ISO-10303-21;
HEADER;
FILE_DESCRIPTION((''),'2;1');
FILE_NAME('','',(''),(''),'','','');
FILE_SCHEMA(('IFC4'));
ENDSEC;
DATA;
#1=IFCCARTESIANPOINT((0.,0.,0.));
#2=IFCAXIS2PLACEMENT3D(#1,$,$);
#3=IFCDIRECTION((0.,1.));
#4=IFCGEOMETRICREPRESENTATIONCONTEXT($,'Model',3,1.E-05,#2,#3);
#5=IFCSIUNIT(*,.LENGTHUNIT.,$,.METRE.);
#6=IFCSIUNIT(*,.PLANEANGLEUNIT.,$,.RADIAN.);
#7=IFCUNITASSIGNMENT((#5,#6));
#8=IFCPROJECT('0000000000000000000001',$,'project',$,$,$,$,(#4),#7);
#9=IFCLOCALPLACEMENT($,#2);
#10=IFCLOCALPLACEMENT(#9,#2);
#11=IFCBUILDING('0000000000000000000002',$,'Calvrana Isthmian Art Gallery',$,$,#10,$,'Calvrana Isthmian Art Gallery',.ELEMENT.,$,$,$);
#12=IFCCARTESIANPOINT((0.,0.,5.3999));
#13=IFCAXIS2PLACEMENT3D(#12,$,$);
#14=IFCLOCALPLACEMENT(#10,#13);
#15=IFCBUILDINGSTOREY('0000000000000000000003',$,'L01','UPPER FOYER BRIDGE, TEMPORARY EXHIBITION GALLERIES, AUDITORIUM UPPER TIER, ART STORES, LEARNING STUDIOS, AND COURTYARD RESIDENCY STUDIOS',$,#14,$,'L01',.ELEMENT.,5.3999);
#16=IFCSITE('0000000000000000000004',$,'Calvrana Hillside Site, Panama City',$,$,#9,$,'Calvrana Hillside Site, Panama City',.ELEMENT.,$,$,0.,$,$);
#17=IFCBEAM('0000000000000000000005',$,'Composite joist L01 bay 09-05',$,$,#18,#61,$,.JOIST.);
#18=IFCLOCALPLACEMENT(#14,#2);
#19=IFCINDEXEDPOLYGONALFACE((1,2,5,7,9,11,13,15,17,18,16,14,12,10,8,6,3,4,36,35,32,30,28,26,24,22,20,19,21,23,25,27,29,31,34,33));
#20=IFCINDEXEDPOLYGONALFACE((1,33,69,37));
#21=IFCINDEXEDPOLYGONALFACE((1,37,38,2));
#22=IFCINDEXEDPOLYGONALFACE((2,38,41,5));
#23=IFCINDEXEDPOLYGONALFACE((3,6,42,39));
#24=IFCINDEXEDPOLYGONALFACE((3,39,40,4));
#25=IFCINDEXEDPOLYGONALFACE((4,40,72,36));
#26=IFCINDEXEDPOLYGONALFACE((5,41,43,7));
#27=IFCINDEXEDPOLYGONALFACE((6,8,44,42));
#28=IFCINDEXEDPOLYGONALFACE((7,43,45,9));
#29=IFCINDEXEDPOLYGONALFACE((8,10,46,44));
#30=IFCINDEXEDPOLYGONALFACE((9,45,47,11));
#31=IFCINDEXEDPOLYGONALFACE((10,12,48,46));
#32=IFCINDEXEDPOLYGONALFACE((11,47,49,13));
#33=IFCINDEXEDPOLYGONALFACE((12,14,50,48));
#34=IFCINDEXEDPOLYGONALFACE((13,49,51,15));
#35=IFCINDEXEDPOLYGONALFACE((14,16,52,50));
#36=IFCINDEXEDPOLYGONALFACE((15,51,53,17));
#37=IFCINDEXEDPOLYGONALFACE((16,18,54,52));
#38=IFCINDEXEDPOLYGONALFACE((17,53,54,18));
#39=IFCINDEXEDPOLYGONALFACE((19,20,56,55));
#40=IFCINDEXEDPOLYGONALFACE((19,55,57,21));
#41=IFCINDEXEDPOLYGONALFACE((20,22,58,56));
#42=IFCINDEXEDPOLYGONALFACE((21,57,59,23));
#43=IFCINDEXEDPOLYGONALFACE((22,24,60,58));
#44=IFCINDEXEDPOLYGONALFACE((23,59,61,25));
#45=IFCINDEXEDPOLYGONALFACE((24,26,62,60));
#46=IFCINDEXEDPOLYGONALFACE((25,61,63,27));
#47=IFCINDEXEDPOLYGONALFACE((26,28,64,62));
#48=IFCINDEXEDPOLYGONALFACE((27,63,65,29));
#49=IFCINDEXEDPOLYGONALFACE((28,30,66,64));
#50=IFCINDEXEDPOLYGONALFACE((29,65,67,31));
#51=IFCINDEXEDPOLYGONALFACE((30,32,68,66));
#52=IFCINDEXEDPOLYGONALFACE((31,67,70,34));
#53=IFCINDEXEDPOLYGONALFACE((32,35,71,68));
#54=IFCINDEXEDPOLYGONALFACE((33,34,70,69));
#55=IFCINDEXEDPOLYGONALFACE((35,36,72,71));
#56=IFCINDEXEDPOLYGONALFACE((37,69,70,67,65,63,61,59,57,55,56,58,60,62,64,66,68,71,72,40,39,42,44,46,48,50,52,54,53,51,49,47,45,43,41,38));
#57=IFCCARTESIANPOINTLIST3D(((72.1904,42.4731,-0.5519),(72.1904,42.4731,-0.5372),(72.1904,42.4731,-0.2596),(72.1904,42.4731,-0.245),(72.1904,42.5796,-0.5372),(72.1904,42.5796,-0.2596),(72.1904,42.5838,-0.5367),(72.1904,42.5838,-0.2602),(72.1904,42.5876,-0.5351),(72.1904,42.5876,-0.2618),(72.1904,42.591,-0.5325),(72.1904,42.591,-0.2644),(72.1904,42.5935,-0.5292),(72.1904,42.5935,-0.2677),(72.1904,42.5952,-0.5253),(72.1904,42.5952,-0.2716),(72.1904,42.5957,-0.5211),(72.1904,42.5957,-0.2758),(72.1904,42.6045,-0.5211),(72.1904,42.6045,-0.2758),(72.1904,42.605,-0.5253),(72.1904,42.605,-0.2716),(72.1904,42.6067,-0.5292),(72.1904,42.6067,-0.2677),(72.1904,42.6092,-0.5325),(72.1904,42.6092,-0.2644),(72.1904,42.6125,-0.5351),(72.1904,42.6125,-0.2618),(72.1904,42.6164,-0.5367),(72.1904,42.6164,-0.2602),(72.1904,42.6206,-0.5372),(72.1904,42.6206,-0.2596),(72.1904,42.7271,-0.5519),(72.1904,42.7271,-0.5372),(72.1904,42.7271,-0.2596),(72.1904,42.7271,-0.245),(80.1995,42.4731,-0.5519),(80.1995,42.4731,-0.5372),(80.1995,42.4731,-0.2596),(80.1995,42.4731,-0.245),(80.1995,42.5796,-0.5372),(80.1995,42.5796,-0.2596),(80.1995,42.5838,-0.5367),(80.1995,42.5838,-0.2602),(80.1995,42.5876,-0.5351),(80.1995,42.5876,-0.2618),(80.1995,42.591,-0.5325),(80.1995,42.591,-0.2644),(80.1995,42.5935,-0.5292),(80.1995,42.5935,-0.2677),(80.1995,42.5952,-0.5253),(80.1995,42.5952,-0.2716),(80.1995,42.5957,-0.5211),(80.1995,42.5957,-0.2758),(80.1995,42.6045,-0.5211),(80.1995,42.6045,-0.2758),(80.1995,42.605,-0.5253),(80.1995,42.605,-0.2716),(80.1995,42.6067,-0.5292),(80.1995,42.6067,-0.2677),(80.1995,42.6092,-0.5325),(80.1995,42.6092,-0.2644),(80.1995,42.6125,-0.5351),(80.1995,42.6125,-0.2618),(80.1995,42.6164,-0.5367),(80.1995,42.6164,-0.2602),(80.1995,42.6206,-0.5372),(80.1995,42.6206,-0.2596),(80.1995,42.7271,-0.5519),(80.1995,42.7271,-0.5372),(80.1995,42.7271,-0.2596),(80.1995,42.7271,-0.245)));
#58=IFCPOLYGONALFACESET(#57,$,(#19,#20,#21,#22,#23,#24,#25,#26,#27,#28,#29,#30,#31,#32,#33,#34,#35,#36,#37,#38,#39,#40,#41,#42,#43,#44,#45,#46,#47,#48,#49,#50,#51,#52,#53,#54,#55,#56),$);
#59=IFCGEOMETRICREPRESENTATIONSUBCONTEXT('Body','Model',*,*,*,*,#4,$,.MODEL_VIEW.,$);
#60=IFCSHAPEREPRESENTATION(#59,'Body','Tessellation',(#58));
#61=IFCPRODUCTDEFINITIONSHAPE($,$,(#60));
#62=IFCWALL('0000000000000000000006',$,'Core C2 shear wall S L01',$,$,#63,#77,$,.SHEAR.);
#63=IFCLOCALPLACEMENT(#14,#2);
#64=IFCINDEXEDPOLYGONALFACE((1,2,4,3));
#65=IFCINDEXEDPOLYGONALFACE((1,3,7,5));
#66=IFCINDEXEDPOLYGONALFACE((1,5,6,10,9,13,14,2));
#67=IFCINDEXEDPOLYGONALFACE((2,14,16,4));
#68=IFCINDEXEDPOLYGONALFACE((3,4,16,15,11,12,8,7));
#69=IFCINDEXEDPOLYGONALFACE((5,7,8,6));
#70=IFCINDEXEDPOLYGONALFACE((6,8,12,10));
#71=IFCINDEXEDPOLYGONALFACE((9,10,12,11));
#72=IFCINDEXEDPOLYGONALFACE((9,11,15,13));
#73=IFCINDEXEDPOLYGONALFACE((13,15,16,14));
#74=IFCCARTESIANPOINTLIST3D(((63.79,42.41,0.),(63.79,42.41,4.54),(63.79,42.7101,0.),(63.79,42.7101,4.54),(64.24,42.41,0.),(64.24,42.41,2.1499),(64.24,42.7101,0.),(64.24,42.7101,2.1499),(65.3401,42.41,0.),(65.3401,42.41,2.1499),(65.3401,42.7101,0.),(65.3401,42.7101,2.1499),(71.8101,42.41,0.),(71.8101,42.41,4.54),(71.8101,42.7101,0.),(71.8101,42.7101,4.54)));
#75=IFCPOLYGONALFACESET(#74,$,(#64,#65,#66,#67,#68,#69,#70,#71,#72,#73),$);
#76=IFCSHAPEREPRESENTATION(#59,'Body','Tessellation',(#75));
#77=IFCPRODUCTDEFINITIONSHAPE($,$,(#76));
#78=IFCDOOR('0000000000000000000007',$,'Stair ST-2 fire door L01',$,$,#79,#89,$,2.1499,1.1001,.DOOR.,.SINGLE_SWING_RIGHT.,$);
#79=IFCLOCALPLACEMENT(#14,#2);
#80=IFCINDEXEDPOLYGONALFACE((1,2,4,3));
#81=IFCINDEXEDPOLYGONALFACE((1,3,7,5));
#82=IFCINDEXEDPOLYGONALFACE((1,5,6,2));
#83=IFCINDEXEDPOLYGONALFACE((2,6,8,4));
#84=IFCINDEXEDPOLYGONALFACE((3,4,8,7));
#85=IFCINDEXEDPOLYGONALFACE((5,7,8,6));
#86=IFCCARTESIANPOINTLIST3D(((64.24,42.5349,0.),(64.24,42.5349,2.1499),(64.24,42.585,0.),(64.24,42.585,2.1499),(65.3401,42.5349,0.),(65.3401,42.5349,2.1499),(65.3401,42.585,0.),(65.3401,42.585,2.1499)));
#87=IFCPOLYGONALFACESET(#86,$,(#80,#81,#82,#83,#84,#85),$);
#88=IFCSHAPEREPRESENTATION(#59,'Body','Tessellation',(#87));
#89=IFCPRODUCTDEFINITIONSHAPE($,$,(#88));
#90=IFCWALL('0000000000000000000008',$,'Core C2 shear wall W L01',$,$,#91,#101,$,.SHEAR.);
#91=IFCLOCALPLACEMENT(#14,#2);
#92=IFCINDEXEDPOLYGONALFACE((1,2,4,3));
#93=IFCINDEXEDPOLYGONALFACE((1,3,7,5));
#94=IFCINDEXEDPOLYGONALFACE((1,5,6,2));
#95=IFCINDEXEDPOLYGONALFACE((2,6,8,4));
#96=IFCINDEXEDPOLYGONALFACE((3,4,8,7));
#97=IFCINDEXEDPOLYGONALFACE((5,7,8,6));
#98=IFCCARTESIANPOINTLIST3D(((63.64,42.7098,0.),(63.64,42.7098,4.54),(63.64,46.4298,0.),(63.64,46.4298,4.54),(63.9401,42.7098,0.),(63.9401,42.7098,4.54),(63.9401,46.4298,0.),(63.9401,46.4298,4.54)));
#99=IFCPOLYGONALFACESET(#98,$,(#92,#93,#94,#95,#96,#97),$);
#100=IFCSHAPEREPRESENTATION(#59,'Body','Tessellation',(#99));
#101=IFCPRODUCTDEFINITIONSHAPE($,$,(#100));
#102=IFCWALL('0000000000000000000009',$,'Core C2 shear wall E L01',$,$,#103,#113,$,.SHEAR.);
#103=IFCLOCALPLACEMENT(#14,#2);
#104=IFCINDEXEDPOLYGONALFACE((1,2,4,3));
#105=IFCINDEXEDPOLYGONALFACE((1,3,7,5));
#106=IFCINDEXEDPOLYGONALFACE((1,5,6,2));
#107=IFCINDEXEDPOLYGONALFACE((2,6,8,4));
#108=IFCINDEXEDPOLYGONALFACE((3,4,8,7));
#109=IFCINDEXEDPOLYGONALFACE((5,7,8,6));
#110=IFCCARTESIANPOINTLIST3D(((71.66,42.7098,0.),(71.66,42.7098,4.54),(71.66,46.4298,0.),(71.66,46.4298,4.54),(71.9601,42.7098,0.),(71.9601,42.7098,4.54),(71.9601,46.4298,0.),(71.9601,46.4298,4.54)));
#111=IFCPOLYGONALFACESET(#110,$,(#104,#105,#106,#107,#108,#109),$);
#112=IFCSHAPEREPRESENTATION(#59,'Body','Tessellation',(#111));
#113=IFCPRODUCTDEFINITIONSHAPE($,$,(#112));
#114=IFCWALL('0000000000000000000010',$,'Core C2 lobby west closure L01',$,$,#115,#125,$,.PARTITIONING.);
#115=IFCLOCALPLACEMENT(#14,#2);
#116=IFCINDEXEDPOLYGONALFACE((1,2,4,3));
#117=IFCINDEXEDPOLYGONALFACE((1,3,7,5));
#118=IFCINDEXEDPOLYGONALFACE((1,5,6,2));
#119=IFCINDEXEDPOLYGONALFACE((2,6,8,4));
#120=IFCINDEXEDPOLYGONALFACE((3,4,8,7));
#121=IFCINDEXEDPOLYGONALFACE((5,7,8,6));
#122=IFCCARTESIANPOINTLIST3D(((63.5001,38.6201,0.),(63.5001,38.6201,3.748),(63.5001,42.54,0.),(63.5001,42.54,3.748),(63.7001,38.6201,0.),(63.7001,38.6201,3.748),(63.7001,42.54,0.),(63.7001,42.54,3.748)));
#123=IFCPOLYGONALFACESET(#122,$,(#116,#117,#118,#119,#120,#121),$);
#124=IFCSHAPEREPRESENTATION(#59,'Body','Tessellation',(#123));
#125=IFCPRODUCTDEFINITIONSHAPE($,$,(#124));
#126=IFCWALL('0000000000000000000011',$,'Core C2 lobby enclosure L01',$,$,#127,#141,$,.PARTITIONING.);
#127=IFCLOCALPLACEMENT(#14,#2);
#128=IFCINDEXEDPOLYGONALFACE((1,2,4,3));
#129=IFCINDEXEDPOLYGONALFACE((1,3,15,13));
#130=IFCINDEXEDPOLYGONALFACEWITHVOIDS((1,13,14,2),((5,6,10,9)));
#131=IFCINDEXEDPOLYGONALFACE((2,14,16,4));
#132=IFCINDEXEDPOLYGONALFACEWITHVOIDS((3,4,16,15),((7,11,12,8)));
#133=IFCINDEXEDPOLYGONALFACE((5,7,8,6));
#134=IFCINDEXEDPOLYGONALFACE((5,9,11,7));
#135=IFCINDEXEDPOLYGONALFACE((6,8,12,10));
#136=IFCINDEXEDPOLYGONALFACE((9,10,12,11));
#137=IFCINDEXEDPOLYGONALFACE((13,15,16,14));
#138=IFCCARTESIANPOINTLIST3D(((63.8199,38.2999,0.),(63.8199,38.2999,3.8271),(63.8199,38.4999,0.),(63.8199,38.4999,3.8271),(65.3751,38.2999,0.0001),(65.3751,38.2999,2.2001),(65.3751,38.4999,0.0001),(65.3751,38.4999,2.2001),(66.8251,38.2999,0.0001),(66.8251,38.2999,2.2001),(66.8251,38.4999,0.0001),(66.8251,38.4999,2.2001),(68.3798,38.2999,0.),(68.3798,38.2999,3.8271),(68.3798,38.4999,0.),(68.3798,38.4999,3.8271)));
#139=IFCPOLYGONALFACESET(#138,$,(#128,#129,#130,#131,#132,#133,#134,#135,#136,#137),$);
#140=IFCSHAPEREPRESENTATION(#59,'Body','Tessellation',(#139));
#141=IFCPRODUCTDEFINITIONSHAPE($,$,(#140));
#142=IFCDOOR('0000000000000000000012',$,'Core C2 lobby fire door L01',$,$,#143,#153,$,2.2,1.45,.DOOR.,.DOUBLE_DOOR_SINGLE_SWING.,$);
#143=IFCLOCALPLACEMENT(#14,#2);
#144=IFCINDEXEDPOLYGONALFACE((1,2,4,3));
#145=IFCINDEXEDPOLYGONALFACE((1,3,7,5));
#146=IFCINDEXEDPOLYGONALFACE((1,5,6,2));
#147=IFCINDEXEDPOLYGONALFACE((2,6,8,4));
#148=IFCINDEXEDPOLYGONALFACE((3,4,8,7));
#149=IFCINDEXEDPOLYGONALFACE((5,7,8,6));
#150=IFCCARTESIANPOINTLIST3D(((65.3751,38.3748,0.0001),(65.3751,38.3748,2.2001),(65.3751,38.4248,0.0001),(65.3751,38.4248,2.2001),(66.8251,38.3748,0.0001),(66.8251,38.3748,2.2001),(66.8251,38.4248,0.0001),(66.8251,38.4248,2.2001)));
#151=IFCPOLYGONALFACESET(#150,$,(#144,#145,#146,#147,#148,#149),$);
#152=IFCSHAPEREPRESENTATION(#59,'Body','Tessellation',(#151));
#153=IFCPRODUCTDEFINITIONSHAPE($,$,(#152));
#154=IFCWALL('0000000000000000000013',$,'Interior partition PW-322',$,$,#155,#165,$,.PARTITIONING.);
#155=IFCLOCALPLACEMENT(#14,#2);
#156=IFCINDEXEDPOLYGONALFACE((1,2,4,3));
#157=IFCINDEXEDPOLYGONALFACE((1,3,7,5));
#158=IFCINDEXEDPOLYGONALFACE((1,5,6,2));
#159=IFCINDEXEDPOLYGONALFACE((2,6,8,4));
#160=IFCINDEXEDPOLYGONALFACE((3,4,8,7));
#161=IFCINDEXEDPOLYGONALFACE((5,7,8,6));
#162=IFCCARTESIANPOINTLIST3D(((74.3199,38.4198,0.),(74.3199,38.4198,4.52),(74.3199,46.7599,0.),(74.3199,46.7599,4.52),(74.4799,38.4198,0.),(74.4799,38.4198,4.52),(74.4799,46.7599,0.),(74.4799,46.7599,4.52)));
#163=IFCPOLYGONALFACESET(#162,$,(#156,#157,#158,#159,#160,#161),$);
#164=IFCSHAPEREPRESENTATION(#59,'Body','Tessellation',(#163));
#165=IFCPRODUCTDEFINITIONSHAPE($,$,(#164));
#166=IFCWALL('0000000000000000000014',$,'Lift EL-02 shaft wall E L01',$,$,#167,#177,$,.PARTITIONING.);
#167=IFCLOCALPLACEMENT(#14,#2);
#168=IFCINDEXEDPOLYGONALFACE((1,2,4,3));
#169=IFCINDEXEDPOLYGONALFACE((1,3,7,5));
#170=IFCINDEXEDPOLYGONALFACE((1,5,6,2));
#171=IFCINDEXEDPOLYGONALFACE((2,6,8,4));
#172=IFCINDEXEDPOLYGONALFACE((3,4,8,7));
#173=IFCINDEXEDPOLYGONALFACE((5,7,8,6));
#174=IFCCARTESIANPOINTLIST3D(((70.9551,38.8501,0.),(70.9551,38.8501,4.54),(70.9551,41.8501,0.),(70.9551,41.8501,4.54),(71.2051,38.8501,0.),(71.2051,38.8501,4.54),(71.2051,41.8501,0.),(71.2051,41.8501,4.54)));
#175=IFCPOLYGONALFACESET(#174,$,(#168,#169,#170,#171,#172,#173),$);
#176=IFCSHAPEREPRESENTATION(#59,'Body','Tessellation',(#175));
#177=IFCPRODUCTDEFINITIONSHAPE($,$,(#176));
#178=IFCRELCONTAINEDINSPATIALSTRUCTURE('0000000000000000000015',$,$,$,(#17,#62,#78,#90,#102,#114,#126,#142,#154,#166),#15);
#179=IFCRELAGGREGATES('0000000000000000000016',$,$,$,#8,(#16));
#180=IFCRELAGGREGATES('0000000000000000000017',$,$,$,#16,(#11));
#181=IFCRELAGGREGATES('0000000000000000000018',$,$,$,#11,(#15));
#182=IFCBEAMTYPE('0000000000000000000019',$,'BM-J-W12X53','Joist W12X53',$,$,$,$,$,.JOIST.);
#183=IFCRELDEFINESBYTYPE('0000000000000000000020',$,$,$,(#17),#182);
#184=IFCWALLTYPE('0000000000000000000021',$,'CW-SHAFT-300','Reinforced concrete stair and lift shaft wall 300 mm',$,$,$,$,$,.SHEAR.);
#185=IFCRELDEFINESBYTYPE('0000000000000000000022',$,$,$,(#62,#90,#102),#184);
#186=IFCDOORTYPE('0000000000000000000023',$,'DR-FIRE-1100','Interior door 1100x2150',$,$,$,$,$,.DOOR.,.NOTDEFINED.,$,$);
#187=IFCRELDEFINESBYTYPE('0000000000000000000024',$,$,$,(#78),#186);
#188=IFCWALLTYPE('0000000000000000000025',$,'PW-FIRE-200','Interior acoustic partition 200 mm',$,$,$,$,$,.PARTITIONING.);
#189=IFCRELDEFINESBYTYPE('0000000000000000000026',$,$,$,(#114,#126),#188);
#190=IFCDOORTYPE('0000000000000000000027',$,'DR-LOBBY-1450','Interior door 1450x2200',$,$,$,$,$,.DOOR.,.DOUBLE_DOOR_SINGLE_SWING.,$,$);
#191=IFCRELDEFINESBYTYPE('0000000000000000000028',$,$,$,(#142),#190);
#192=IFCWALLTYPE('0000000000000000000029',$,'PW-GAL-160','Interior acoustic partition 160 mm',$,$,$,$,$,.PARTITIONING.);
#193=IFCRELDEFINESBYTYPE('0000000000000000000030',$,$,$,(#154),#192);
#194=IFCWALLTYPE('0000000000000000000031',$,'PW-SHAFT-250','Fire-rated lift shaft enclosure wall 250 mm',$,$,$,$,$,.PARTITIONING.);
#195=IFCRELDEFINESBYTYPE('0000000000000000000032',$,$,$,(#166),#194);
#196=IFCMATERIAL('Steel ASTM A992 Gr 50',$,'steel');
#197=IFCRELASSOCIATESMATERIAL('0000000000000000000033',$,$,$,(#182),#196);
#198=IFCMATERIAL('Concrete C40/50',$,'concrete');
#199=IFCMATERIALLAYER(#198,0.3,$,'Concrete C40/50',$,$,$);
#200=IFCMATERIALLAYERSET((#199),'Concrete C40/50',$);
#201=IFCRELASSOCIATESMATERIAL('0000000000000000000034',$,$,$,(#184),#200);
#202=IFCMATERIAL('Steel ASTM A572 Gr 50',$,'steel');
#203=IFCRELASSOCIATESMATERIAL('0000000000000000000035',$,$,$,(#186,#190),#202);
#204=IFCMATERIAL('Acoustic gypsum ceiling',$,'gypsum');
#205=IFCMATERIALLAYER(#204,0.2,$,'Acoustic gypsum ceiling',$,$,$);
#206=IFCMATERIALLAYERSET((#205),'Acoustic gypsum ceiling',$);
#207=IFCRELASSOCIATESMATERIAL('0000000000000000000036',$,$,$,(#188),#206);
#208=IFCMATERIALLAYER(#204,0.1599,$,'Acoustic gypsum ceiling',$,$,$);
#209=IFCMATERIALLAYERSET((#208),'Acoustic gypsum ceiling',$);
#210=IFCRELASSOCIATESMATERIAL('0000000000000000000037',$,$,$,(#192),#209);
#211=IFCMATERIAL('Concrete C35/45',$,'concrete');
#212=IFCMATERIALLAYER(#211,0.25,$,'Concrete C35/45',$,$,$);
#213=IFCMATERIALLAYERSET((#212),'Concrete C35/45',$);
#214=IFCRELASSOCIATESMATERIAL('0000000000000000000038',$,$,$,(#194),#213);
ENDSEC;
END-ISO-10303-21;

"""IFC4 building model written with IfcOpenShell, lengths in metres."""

from ifc_helpers import new_model, si_unit, direction, frame, frame_2d, origin, origin_2d, place, context, subcontext, project, spatial, rectangle, i_section, extrude, material, layer, layer_set, material_profile, profile_set, type_object, element, fill, save


model = new_model("IFC4")

# Units and contexts
model_context = context("Model", 3, precision=1e-05, world=origin(), true_north=direction((0.0, 1.0)))
body_context = subcontext(model_context, "Body", "Model", "MODEL_VIEW")
ifc_project = project(units=[si_unit("LENGTHUNIT", "METRE"), si_unit("PLANEANGLEUNIT", "RADIAN")], contexts=[model_context])

# Site, building, storey
site_placement = place(None, origin())
site = spatial("IfcSite", under=ifc_project, at=site_placement, Name="Calvrana Hillside Site, Panama City", LongName="Calvrana Hillside Site, Panama City", CompositionType="ELEMENT", RefElevation=0.0)
building_placement = place(site_placement, origin())
building = spatial("IfcBuilding", under=site, at=building_placement, Name="Calvrana Isthmian Art Gallery", LongName="Calvrana Isthmian Art Gallery", CompositionType="ELEMENT")
storey_placement = place(building_placement, frame((0.0, 0.0, 5.3999)))
storey = spatial("IfcBuildingStorey", under=building, at=storey_placement, Name="L01", Description="UPPER FOYER BRIDGE, TEMPORARY EXHIBITION GALLERIES, AUDITORIUM UPPER TIER, ART STORES, LEARNING STUDIOS, AND COURTYARD RESIDENCY STUDIOS", LongName="L01", CompositionType="ELEMENT", Elevation=5.3999)

# Shared definitions
ifc_material_1 = material(Name="Steel ASTM A992 Gr 50", Category="steel")

# Beam
ifc_material_profile_1 = material_profile(ifc_material_1, i_section(OverallWidth=0.2539, OverallDepth=0.3069, WebThickness=0.0088, FlangeThickness=0.0146, FilletRadius=0.0161, at=origin_2d()), Name="W12X53")
ifc_profile_set_1 = profile_set([ifc_material_profile_1], Name="Steel ASTM A992 Gr 50")
beam_type_1 = type_object("IfcBeamType", Name="BM-J-W12X53", Description="Joist W12X53", PredefinedType="JOIST", material=ifc_profile_set_1)
beam_1_placement = place(storey_placement, frame((72.1904, 42.6001, -0.3984), z_axis=(1.0, 0.0, 0.0), x_axis=(0.0, 1.0, 0.0)))
element("IfcBeam", 1, at=beam_1_placement, inside=storey, type_object=beam_type_1, Name="Composite joist L01 bay 09-05", PredefinedType="JOIST", context=body_context, shape_type="SweptSolid", body=[
    extrude(i_section(OverallWidth=0.2539, OverallDepth=0.3069, WebThickness=0.0088, FlangeThickness=0.0146, FilletRadius=0.0161, at=origin_2d()), origin(), (0.0, 0.0, 1.0), 8.009),
])

# Wall, opening, door
ifc_material_2 = material(Name="Concrete C40/50", Category="concrete")
ifc_layer_1 = layer(ifc_material_2, 0.3, Name="Concrete C40/50")
ifc_layer_set_1 = layer_set([ifc_layer_1], Name="Concrete C40/50")
wall_type_1 = type_object("IfcWallType", Name="CW-SHAFT-300", Description="Reinforced concrete stair and lift shaft wall 300 mm", PredefinedType="SHEAR", material=ifc_layer_set_1)
wall_1_placement = place(storey_placement, frame((63.79, 42.5601, 0.0), z_axis=(0.0, 0.0, 1.0), x_axis=(1.0, 0.0, 0.0)))
wall_1 = element("IfcWall", 2, at=wall_1_placement, inside=storey, type_object=wall_type_1, Name="Core C2 shear wall S L01", PredefinedType="SHEAR", context=body_context, shape_type="SweptSolid", body=[
    extrude(rectangle(XDim=8.02, YDim=0.3, at=frame_2d((4.01, 0.0))), origin(), (0.0, 0.0, 1.0), 4.54),
])
opening_1_placement = place(wall_1_placement, frame((0.45, 0.0, 0.0)))
opening_1 = element("IfcOpeningElement", 3, at=opening_1_placement, cuts=wall_1, PredefinedType="OPENING", context=body_context, shape_type="SweptSolid", body=[
    extrude(rectangle(XDim=1.1001, YDim=2.1499, at=frame_2d((0.55, 1.075))), frame((0.0, 0.1602, 0.0), z_axis=(0.0, -1.0, 0.0), x_axis=(1.0, 0.0, 0.0)), (0.0, 0.0, 1.0), 0.3206),
])
ifc_material_3 = material(Name="Steel ASTM A572 Gr 50", Category="steel")
door_type_1 = type_object("IfcDoorType", Name="DR-FIRE-1100", Description="Interior door 1100x2150", OperationType="NOTDEFINED", PredefinedType="DOOR", material=ifc_material_3)
door_1_placement = place(opening_1_placement, origin())
door_1 = element("IfcDoor", 4, at=door_1_placement, inside=storey, type_object=door_type_1, Name="Stair ST-2 fire door L01", OperationType="SINGLE_SWING_RIGHT", OverallHeight=2.1499, OverallWidth=1.1001, PredefinedType="DOOR", context=body_context, shape_type="SweptSolid", body=[
    extrude(rectangle(XDim=1.1001, YDim=2.1499, at=frame_2d((0.55, 1.075))), frame((0.0, 0.0249, 0.0), z_axis=(0.0, -1.0, 0.0), x_axis=(1.0, 0.0, 0.0)), (0.0, 0.0, 1.0), 0.05),
])
fill(opening_1, door_1)

# Walls
for number, where, z_axis, x_axis, name in (
    (5, (63.79, 42.71, 0.0), (0.0, 0.0, 1.0), (0.0, 1.0, 0.0), "Core C2 shear wall W L01"),
    (6, (71.8101, 42.71, 0.0), (0.0, 0.0, 1.0), (0.0, 1.0, 0.0), "Core C2 shear wall E L01"),
):
    element("IfcWall", number, at=place(storey_placement, frame(where, z_axis=z_axis, x_axis=x_axis)), inside=storey, type_object=wall_type_1, Name=name, PredefinedType="SHEAR", context=body_context, shape_type="SweptSolid", body=[
        extrude(rectangle(XDim=3.72, YDim=0.3, at=frame_2d((1.8599, 0.0))), origin(), (0.0, 0.0, 1.0), 4.54),
    ])
ifc_material_4 = material(Name="Acoustic gypsum ceiling", Category="gypsum")
ifc_layer_2 = layer(ifc_material_4, 0.2, Name="Acoustic gypsum ceiling")
ifc_layer_set_2 = layer_set([ifc_layer_2], Name="Acoustic gypsum ceiling")
wall_type_2 = type_object("IfcWallType", Name="PW-FIRE-200", Description="Interior acoustic partition 200 mm", PredefinedType="PARTITIONING", material=ifc_layer_set_2)
wall_2_placement = place(storey_placement, frame((63.6001, 38.6201, 0.0), z_axis=(0.0, 0.0, 1.0), x_axis=(0.0, 1.0, 0.0)))
element("IfcWall", 7, at=wall_2_placement, inside=storey, type_object=wall_type_2, Name="Core C2 lobby west closure L01", PredefinedType="PARTITIONING", context=body_context, shape_type="SweptSolid", body=[
    extrude(rectangle(XDim=3.9199, YDim=0.2, at=frame_2d((1.96, 0.0))), origin(), (0.0, 0.0, 1.0), 3.748),
])

# Wall, opening, door
wall_3_placement = place(storey_placement, frame((63.8201, 38.3999, 0.0), z_axis=(0.0, 0.0, 1.0), x_axis=(1.0, 0.0, 0.0)))
wall_3 = element("IfcWall", 8, at=wall_3_placement, inside=storey, type_object=wall_type_2, Name="Core C2 lobby enclosure L01", PredefinedType="PARTITIONING", context=body_context, shape_type="SweptSolid", body=[
    extrude(rectangle(XDim=4.5598, YDim=0.2, at=frame_2d((2.2798, 0.0))), origin(), (0.0, 0.0, 1.0), 3.8271),
])
opening_2_placement = place(wall_3_placement, frame((1.5549, 0.0, 0.0)))
opening_2 = element("IfcOpeningElement", 9, at=opening_2_placement, cuts=wall_3, PredefinedType="OPENING", context=body_context, shape_type="SweptSolid", body=[
    extrude(rectangle(XDim=1.45, YDim=2.2, at=frame_2d((0.7251, 1.1001))), frame((0.0, 0.1104, 0.0), z_axis=(0.0, -1.0, 0.0), x_axis=(1.0, 0.0, 0.0)), (0.0, 0.0, 1.0), 0.2205),
])
door_type_2 = type_object("IfcDoorType", Name="DR-LOBBY-1450", Description="Interior door 1450x2200", OperationType="DOUBLE_DOOR_SINGLE_SWING", PredefinedType="DOOR", material=ifc_material_3)
door_2_placement = place(opening_2_placement, origin())
door_2 = element("IfcDoor", 10, at=door_2_placement, inside=storey, type_object=door_type_2, Name="Core C2 lobby fire door L01", OperationType="DOUBLE_DOOR_SINGLE_SWING", OverallHeight=2.2, OverallWidth=1.45, PredefinedType="DOOR", context=body_context, shape_type="SweptSolid", body=[
    extrude(rectangle(XDim=1.45, YDim=2.2, at=frame_2d((0.7251, 1.1001))), frame((0.0, 0.0249, 0.0), z_axis=(0.0, -1.0, 0.0), x_axis=(1.0, 0.0, 0.0)), (0.0, 0.0, 1.0), 0.05),
])
fill(opening_2, door_2)

# Wall
ifc_layer_3 = layer(ifc_material_4, 0.1599, Name="Acoustic gypsum ceiling")
ifc_layer_set_3 = layer_set([ifc_layer_3], Name="Acoustic gypsum ceiling")
wall_type_3 = type_object("IfcWallType", Name="PW-GAL-160", Description="Interior acoustic partition 160 mm", PredefinedType="PARTITIONING", material=ifc_layer_set_3)
wall_4_placement = place(storey_placement, frame((74.3999, 38.4199, 0.0), z_axis=(0.0, 0.0, 1.0), x_axis=(0.0, 1.0, 0.0)))
element("IfcWall", 11, at=wall_4_placement, inside=storey, type_object=wall_type_3, Name="Interior partition PW-322", PredefinedType="PARTITIONING", context=body_context, shape_type="SweptSolid", body=[
    extrude(rectangle(XDim=8.3401, YDim=0.1599, at=frame_2d((4.1699, 0.0))), origin(), (0.0, 0.0, 1.0), 4.52),
])

# Wall
ifc_material_5 = material(Name="Concrete C35/45", Category="concrete")
ifc_layer_4 = layer(ifc_material_5, 0.25, Name="Concrete C35/45")
ifc_layer_set_4 = layer_set([ifc_layer_4], Name="Concrete C35/45")
wall_type_4 = type_object("IfcWallType", Name="PW-SHAFT-250", Description="Fire-rated lift shaft enclosure wall 250 mm", PredefinedType="PARTITIONING", material=ifc_layer_set_4)
wall_5_placement = place(storey_placement, frame((71.0801, 38.8501, 0.0), z_axis=(0.0, 0.0, 1.0), x_axis=(0.0, 1.0, 0.0)))
element("IfcWall", 12, at=wall_5_placement, inside=storey, type_object=wall_type_4, Name="Lift EL-02 shaft wall E L01", PredefinedType="PARTITIONING", context=body_context, shape_type="SweptSolid", body=[
    extrude(rectangle(XDim=3.0, YDim=0.25, at=frame_2d((1.5, 0.0))), origin(), (0.0, 0.0, 1.0), 4.54),
])

save(model, "model.ifc")
